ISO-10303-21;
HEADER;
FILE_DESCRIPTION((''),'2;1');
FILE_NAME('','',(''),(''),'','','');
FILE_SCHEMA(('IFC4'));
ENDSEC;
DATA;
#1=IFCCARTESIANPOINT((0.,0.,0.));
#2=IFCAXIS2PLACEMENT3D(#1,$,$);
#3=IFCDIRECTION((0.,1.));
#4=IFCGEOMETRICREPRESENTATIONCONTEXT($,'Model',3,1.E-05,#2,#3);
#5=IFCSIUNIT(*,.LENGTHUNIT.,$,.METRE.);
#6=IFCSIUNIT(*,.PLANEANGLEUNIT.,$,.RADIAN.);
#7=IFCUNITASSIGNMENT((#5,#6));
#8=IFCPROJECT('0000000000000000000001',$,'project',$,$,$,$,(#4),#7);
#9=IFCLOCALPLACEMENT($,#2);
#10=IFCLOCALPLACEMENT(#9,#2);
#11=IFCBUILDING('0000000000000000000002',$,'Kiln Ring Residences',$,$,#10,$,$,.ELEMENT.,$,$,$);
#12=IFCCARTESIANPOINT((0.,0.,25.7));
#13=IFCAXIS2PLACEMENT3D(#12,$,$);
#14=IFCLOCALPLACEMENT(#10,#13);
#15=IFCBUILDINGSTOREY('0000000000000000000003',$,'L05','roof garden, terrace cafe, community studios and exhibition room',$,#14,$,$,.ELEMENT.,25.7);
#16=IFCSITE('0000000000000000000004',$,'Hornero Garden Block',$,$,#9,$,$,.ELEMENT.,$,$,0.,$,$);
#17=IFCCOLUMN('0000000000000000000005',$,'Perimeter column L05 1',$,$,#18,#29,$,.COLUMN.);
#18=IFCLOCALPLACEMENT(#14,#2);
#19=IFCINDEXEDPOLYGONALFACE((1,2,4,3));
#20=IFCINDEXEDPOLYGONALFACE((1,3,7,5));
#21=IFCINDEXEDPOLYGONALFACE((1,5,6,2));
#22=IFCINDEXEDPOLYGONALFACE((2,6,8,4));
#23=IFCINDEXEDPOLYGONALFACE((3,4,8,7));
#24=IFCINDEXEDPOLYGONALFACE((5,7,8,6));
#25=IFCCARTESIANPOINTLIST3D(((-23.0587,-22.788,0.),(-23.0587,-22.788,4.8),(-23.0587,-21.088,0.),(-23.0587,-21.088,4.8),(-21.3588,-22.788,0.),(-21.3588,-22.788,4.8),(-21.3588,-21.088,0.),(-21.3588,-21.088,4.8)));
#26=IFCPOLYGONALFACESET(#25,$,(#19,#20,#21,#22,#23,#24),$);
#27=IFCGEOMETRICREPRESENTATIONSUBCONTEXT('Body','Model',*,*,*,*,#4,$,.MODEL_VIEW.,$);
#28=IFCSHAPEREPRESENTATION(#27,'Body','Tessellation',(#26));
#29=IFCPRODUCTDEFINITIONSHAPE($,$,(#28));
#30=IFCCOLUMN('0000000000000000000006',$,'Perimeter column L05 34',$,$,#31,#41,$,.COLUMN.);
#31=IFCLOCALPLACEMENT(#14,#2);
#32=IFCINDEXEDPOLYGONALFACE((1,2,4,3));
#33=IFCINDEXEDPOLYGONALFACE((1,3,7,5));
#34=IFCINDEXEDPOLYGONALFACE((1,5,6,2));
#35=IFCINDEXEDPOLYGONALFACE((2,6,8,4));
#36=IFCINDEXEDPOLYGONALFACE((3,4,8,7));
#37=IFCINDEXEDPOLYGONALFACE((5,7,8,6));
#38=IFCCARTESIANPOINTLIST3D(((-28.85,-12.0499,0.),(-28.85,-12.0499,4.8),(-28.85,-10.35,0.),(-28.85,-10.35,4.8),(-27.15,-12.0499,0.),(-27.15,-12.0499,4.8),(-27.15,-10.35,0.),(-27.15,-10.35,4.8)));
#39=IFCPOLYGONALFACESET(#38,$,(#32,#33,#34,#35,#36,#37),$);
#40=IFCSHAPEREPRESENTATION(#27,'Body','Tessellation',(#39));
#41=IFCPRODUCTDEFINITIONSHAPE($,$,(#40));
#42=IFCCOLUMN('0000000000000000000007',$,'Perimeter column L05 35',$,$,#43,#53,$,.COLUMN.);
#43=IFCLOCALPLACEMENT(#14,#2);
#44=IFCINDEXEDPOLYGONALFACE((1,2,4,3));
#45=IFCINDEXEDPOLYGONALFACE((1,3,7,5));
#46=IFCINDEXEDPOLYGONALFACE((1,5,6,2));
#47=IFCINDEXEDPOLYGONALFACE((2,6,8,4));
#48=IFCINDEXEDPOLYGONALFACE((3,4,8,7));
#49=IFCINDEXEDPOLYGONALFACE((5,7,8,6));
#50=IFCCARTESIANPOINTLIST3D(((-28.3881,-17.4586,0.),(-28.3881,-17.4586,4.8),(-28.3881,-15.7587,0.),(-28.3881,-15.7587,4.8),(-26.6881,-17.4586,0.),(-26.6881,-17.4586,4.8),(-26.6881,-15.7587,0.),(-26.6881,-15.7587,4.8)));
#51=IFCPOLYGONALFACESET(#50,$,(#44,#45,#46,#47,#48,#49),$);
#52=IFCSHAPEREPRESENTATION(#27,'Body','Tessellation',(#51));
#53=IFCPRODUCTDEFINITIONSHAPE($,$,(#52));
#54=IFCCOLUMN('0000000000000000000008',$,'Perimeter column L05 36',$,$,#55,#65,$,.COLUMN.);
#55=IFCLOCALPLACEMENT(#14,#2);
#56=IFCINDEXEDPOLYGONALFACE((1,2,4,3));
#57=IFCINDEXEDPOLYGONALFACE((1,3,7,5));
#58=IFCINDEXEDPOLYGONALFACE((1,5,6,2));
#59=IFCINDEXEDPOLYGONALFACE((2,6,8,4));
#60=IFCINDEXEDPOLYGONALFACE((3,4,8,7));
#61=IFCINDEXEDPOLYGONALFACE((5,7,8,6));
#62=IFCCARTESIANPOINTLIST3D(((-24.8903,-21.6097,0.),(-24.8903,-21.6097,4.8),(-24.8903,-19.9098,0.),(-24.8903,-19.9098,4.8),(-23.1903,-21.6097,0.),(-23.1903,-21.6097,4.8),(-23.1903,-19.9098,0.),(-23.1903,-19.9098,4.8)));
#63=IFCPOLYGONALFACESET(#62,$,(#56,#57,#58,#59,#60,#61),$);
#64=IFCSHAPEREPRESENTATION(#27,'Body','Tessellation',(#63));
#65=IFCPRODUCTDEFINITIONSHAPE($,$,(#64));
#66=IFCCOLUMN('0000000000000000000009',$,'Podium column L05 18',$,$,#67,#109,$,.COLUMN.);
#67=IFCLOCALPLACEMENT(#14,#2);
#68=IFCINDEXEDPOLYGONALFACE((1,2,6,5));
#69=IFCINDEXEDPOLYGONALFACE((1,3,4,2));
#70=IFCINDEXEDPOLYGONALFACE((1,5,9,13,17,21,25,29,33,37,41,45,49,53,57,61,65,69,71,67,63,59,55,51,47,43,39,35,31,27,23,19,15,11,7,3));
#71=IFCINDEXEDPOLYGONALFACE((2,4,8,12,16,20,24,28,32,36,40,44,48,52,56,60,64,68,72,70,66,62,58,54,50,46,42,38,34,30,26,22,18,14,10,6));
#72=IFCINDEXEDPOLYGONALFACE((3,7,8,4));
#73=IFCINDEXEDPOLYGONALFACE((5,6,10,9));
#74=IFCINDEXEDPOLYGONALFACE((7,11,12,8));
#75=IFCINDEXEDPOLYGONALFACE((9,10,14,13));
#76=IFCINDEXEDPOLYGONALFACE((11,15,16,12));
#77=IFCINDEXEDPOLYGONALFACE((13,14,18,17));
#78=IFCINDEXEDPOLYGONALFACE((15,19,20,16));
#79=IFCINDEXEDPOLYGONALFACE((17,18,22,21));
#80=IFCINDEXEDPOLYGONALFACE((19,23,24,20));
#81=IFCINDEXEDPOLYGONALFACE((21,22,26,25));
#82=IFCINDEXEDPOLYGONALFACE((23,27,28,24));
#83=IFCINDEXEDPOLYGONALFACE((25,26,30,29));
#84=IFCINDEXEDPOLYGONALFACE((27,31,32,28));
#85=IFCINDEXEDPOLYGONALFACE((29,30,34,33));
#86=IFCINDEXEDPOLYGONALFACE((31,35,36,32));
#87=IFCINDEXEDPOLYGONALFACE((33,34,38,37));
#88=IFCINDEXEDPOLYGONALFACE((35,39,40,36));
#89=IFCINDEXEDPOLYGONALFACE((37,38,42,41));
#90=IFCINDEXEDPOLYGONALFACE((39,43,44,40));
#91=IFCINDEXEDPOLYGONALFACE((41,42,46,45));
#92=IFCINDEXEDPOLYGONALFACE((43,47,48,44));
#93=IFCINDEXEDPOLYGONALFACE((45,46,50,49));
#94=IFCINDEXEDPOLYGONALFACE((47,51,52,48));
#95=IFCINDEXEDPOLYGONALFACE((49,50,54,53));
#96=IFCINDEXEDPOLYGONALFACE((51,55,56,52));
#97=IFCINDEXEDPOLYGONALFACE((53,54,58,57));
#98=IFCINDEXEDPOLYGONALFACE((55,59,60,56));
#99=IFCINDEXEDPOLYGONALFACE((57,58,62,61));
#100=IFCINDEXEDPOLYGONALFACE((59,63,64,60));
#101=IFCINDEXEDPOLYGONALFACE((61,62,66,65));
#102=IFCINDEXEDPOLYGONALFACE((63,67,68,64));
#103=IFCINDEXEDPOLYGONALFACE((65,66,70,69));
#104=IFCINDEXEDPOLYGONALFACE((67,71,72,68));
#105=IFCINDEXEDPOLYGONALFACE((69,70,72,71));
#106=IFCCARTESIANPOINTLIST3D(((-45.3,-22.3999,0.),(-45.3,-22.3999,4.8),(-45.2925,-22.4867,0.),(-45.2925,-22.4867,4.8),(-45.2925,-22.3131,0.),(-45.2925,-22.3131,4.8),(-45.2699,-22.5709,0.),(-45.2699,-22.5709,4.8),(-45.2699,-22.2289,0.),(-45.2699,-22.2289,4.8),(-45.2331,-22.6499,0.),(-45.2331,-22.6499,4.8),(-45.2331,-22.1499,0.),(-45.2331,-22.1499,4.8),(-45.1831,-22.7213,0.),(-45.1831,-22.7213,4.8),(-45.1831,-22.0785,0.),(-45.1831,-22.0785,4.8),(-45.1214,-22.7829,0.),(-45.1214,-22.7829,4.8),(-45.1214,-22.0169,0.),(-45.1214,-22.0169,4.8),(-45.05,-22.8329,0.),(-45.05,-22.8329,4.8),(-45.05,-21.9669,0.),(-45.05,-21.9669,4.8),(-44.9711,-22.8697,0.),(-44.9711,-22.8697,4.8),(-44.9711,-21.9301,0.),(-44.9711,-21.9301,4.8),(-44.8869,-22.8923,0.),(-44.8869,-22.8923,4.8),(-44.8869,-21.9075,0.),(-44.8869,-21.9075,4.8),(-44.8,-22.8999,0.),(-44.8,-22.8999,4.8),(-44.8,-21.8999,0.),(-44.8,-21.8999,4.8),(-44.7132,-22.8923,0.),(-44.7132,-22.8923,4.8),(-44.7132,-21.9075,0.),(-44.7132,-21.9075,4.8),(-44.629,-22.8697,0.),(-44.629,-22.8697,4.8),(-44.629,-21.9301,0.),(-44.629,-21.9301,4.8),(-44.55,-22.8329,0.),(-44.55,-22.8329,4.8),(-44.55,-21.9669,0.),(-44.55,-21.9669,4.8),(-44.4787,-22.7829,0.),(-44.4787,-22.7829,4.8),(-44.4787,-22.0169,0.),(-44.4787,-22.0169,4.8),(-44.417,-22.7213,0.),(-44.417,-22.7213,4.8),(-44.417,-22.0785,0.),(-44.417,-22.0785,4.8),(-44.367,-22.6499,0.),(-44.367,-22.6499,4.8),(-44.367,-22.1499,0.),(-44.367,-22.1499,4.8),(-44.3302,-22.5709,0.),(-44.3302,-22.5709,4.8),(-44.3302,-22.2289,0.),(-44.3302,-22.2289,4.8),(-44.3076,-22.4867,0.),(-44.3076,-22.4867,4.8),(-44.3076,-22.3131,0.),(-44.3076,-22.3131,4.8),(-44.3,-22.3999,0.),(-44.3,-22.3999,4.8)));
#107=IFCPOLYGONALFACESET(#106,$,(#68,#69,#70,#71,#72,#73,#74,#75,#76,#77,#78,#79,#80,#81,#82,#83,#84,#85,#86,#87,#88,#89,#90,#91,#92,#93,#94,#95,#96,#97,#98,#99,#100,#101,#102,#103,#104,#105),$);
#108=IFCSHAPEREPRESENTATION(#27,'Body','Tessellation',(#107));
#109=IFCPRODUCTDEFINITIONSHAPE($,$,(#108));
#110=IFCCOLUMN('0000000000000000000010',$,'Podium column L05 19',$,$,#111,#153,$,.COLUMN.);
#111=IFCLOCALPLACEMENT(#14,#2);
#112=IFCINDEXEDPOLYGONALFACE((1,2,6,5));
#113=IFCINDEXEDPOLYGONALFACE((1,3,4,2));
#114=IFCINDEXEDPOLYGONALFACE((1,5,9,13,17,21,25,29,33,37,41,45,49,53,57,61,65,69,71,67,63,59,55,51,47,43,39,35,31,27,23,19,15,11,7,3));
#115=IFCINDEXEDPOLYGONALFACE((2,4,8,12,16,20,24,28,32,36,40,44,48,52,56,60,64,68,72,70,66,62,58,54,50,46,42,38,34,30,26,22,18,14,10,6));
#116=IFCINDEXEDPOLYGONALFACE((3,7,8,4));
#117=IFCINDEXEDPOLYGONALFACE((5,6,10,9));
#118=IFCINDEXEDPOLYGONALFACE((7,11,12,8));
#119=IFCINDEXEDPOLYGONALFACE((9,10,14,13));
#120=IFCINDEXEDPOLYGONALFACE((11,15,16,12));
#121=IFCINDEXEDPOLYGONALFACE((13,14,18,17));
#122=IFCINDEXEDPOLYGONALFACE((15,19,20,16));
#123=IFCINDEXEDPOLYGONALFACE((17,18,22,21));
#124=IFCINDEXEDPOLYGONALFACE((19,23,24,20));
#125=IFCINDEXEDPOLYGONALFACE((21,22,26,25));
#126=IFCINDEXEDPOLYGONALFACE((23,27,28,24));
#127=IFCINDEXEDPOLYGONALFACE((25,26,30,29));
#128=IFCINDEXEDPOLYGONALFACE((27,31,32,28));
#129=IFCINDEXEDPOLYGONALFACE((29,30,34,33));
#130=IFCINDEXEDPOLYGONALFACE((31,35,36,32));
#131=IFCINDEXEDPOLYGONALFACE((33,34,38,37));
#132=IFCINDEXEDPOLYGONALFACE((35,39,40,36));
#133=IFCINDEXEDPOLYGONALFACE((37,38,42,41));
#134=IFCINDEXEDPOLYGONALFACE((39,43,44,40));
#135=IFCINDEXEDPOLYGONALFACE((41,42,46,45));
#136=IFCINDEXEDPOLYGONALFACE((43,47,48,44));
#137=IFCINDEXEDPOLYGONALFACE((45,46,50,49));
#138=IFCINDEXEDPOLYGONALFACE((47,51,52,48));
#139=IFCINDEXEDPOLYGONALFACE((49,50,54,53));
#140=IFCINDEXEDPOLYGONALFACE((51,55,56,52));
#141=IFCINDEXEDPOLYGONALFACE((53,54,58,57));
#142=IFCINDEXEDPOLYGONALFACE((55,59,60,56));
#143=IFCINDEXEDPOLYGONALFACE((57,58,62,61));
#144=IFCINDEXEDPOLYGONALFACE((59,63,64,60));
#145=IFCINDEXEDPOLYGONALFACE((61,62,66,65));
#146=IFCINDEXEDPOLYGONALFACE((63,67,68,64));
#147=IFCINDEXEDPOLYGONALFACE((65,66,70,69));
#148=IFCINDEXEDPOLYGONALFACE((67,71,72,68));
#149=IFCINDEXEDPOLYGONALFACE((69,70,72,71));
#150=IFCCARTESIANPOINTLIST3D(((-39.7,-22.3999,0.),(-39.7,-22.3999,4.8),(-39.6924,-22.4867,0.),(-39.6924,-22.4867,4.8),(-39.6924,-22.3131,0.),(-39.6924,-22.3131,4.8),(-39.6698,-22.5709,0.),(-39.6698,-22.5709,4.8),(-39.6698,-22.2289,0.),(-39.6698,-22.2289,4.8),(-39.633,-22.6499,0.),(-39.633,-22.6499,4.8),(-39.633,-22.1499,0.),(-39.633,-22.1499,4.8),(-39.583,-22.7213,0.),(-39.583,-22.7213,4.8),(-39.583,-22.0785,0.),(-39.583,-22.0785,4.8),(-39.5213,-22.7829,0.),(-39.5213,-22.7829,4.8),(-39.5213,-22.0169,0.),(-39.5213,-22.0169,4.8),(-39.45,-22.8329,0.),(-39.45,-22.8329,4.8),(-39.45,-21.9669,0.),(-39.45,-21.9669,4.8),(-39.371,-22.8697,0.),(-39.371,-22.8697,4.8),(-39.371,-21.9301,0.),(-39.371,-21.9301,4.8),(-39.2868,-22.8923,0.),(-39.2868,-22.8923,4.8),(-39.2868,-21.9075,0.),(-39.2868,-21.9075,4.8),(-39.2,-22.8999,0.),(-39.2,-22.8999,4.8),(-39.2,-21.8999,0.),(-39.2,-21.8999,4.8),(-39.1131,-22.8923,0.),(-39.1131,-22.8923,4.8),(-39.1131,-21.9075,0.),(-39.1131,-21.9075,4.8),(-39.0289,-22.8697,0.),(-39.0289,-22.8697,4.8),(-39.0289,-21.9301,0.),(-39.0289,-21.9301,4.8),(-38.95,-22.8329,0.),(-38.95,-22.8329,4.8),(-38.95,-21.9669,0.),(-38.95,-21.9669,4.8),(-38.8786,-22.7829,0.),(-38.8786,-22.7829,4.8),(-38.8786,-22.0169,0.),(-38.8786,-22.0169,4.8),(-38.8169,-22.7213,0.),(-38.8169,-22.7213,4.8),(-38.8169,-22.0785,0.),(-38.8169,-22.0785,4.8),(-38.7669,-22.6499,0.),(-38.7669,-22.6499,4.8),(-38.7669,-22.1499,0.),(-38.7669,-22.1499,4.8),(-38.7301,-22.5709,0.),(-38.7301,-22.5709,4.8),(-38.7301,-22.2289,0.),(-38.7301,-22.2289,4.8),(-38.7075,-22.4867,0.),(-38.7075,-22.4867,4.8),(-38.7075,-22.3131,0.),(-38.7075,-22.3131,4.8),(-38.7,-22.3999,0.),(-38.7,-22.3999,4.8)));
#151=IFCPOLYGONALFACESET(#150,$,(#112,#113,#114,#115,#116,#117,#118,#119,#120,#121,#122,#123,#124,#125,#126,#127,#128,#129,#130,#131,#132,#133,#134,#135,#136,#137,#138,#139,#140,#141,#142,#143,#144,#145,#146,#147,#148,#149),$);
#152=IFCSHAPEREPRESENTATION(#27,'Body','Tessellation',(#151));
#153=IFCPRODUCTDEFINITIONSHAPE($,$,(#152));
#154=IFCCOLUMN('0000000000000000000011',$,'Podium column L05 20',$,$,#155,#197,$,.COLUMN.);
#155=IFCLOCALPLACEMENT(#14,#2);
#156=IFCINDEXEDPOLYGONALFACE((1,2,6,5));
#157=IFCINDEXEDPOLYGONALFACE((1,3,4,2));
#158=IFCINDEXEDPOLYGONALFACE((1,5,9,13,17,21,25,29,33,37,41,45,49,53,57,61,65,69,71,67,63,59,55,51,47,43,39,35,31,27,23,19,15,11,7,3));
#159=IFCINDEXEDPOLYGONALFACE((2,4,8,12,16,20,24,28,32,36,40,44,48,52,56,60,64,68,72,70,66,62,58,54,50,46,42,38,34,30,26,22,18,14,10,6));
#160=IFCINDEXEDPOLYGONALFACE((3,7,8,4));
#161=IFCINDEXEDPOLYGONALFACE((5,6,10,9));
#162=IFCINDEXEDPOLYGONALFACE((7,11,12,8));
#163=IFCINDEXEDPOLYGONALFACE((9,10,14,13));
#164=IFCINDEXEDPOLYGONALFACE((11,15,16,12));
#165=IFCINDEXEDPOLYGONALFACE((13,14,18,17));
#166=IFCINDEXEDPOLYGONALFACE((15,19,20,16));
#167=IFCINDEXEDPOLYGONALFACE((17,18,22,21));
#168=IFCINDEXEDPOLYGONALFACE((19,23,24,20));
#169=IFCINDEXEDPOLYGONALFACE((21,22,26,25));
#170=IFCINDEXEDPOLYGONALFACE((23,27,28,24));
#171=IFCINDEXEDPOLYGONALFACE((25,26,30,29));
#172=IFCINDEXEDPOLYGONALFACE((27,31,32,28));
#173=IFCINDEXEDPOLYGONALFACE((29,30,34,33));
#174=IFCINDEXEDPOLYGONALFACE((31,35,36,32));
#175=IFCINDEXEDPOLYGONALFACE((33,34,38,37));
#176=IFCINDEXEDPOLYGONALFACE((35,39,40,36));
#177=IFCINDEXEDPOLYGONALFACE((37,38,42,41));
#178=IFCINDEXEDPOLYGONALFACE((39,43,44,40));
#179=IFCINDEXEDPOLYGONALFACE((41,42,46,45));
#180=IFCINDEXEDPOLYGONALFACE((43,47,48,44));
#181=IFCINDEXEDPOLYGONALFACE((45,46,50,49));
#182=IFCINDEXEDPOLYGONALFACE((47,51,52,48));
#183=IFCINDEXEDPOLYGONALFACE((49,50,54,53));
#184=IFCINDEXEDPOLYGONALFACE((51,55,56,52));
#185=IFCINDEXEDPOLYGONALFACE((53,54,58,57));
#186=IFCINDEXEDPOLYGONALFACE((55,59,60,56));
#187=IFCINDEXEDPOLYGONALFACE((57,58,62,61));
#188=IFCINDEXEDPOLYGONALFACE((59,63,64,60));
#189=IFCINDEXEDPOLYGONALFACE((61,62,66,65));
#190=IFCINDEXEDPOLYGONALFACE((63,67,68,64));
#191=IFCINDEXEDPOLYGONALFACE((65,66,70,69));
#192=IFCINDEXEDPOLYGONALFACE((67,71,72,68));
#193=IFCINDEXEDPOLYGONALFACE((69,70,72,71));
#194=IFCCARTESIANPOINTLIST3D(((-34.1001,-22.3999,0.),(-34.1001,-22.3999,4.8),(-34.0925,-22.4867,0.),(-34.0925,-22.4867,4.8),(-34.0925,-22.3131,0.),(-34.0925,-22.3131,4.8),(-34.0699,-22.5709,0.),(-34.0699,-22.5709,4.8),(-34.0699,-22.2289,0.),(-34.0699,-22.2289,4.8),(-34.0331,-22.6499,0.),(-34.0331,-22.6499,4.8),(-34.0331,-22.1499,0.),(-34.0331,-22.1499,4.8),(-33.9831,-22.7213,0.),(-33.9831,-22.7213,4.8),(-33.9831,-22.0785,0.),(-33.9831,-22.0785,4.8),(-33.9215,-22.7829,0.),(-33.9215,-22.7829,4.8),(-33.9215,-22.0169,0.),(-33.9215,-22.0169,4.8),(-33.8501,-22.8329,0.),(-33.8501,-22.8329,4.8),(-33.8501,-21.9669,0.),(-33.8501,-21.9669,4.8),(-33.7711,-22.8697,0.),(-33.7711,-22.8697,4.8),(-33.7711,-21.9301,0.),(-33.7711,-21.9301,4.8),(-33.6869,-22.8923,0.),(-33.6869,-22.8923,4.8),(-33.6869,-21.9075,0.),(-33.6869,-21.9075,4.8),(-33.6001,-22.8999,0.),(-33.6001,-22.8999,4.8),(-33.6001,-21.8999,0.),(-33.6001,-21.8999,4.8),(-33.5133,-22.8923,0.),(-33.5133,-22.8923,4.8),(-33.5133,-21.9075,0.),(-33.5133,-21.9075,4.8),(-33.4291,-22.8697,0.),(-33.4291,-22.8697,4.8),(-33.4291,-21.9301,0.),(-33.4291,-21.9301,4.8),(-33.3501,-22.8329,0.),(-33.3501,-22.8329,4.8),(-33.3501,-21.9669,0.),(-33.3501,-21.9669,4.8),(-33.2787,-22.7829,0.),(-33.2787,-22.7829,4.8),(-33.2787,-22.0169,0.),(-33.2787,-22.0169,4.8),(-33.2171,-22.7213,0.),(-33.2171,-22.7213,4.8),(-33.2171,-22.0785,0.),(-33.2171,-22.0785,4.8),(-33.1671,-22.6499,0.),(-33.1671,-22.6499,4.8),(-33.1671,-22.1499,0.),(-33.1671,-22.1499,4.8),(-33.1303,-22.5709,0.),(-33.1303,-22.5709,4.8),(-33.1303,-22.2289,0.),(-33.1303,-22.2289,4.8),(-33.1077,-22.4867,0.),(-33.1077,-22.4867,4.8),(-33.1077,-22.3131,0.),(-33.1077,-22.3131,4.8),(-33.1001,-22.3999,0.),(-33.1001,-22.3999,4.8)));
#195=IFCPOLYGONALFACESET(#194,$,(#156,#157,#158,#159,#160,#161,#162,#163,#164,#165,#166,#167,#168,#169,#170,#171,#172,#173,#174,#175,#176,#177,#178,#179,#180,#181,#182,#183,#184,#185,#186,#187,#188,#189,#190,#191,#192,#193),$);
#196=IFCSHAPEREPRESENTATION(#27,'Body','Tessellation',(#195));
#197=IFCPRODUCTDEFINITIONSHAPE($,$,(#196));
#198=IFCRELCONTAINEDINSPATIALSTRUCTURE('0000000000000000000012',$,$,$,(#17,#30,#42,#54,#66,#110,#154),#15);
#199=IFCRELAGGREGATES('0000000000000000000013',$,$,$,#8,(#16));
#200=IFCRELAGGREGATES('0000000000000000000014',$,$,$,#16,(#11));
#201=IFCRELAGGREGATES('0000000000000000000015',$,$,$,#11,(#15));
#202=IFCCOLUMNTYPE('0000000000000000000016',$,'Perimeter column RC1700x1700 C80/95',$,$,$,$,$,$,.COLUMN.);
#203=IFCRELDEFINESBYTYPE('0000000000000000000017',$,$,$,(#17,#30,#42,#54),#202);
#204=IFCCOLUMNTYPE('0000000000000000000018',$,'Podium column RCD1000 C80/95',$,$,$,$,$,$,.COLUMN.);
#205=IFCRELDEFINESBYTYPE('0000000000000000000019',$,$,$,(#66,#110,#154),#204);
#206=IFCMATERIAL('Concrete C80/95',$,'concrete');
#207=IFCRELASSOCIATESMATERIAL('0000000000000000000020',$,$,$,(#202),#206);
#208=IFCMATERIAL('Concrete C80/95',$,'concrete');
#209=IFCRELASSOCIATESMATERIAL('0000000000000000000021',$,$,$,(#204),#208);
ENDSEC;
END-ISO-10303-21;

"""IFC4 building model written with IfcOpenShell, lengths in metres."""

from ifc_helpers import new_model, si_unit, direction, frame, origin, origin_2d, place, context, subcontext, project, spatial, rectangle, circle, extrude, material, material_profile, profile_set, type_object, element, save


model = new_model("IFC4")

# Units and contexts
model_context = context("Model", 3, precision=1e-05, world=origin(), true_north=direction((0.0, 1.0)))
body_context = subcontext(model_context, "Body", "Model", "MODEL_VIEW")
ifc_project = project(units=[si_unit("LENGTHUNIT", "METRE"), si_unit("PLANEANGLEUNIT", "RADIAN")], contexts=[model_context])

# Site, building, storey
site_placement = place(None, origin())
site = spatial("IfcSite", under=ifc_project, at=site_placement, Name="Hornero Garden Block", CompositionType="ELEMENT", RefElevation=0.0)
building_placement = place(site_placement, origin())
building = spatial("IfcBuilding", under=site, at=building_placement, Name="Kiln Ring Residences", CompositionType="ELEMENT")
storey_placement = place(building_placement, frame((0.0, 0.0, 25.7)))
storey = spatial("IfcBuildingStorey", under=building, at=storey_placement, Name="L05", Description="roof garden, terrace cafe, community studios and exhibition room", CompositionType="ELEMENT", Elevation=25.7)

# Columns
ifc_material_1 = material(Name="Concrete C80/95", Category="concrete")
ifc_material_profile_1 = material_profile(ifc_material_1, rectangle(XDim=1.7, YDim=1.7, at=origin_2d()), Name="RC1700x1700")
ifc_profile_set_1 = profile_set([ifc_material_profile_1], Name="Concrete C80/95")
column_type_1 = type_object("IfcColumnType", Name="Perimeter column RC1700x1700 C80/95", PredefinedType="COLUMN", material=ifc_profile_set_1)
for number, where, z_axis, x_axis, name in (
    (1, (-22.2087, -21.938, 0.0), (0.0, 0.0, 1.0), (1.0, 0.0, 0.0), "Perimeter column L05 1"),
    (2, (-28.0, -11.2, 0.0), (0.0, 0.0, 1.0), (1.0, 0.0, 0.0), "Perimeter column L05 34"),
    (3, (-27.5381, -16.6086, 0.0), (0.0, 0.0, 1.0), (1.0, 0.0, 0.0), "Perimeter column L05 35"),
    (4, (-24.0403, -20.7598, 0.0), (0.0, 0.0, 1.0), (1.0, 0.0, 0.0), "Perimeter column L05 36"),
):
    element("IfcColumn", number, at=place(storey_placement, frame(where, z_axis=z_axis, x_axis=x_axis)), inside=storey, type_object=column_type_1, Name=name, PredefinedType="COLUMN", context=body_context, shape_type="SweptSolid", body=[
        extrude(rectangle(XDim=1.7, YDim=1.7, at=origin_2d()), origin(), (0.0, 0.0, 1.0), 4.8),
    ])
ifc_material_2 = material(Name="Concrete C80/95", Category="concrete")
ifc_material_profile_2 = material_profile(ifc_material_2, circle(Radius=0.5, at=origin_2d()), Name="RCD1000")
ifc_profile_set_2 = profile_set([ifc_material_profile_2], Name="Concrete C80/95")
column_type_2 = type_object("IfcColumnType", Name="Podium column RCD1000 C80/95", PredefinedType="COLUMN", material=ifc_profile_set_2)
for number, where, z_axis, x_axis, name in (
    (5, (-44.8, -22.3999, 0.0), (0.0, 0.0, 1.0), (1.0, 0.0, 0.0), "Podium column L05 18"),
    (6, (-39.2, -22.3999, 0.0), (0.0, 0.0, 1.0), (1.0, 0.0, 0.0), "Podium column L05 19"),
    (7, (-33.6001, -22.3999, 0.0), (0.0, 0.0, 1.0), (1.0, 0.0, 0.0), "Podium column L05 20"),
):
    element("IfcColumn", number, at=place(storey_placement, frame(where, z_axis=z_axis, x_axis=x_axis)), inside=storey, type_object=column_type_2, Name=name, PredefinedType="COLUMN", context=body_context, shape_type="SweptSolid", body=[
        extrude(circle(Radius=0.5, at=origin_2d()), origin(), (0.0, 0.0, 1.0), 4.8),
    ])

save(model, "model.ifc")
